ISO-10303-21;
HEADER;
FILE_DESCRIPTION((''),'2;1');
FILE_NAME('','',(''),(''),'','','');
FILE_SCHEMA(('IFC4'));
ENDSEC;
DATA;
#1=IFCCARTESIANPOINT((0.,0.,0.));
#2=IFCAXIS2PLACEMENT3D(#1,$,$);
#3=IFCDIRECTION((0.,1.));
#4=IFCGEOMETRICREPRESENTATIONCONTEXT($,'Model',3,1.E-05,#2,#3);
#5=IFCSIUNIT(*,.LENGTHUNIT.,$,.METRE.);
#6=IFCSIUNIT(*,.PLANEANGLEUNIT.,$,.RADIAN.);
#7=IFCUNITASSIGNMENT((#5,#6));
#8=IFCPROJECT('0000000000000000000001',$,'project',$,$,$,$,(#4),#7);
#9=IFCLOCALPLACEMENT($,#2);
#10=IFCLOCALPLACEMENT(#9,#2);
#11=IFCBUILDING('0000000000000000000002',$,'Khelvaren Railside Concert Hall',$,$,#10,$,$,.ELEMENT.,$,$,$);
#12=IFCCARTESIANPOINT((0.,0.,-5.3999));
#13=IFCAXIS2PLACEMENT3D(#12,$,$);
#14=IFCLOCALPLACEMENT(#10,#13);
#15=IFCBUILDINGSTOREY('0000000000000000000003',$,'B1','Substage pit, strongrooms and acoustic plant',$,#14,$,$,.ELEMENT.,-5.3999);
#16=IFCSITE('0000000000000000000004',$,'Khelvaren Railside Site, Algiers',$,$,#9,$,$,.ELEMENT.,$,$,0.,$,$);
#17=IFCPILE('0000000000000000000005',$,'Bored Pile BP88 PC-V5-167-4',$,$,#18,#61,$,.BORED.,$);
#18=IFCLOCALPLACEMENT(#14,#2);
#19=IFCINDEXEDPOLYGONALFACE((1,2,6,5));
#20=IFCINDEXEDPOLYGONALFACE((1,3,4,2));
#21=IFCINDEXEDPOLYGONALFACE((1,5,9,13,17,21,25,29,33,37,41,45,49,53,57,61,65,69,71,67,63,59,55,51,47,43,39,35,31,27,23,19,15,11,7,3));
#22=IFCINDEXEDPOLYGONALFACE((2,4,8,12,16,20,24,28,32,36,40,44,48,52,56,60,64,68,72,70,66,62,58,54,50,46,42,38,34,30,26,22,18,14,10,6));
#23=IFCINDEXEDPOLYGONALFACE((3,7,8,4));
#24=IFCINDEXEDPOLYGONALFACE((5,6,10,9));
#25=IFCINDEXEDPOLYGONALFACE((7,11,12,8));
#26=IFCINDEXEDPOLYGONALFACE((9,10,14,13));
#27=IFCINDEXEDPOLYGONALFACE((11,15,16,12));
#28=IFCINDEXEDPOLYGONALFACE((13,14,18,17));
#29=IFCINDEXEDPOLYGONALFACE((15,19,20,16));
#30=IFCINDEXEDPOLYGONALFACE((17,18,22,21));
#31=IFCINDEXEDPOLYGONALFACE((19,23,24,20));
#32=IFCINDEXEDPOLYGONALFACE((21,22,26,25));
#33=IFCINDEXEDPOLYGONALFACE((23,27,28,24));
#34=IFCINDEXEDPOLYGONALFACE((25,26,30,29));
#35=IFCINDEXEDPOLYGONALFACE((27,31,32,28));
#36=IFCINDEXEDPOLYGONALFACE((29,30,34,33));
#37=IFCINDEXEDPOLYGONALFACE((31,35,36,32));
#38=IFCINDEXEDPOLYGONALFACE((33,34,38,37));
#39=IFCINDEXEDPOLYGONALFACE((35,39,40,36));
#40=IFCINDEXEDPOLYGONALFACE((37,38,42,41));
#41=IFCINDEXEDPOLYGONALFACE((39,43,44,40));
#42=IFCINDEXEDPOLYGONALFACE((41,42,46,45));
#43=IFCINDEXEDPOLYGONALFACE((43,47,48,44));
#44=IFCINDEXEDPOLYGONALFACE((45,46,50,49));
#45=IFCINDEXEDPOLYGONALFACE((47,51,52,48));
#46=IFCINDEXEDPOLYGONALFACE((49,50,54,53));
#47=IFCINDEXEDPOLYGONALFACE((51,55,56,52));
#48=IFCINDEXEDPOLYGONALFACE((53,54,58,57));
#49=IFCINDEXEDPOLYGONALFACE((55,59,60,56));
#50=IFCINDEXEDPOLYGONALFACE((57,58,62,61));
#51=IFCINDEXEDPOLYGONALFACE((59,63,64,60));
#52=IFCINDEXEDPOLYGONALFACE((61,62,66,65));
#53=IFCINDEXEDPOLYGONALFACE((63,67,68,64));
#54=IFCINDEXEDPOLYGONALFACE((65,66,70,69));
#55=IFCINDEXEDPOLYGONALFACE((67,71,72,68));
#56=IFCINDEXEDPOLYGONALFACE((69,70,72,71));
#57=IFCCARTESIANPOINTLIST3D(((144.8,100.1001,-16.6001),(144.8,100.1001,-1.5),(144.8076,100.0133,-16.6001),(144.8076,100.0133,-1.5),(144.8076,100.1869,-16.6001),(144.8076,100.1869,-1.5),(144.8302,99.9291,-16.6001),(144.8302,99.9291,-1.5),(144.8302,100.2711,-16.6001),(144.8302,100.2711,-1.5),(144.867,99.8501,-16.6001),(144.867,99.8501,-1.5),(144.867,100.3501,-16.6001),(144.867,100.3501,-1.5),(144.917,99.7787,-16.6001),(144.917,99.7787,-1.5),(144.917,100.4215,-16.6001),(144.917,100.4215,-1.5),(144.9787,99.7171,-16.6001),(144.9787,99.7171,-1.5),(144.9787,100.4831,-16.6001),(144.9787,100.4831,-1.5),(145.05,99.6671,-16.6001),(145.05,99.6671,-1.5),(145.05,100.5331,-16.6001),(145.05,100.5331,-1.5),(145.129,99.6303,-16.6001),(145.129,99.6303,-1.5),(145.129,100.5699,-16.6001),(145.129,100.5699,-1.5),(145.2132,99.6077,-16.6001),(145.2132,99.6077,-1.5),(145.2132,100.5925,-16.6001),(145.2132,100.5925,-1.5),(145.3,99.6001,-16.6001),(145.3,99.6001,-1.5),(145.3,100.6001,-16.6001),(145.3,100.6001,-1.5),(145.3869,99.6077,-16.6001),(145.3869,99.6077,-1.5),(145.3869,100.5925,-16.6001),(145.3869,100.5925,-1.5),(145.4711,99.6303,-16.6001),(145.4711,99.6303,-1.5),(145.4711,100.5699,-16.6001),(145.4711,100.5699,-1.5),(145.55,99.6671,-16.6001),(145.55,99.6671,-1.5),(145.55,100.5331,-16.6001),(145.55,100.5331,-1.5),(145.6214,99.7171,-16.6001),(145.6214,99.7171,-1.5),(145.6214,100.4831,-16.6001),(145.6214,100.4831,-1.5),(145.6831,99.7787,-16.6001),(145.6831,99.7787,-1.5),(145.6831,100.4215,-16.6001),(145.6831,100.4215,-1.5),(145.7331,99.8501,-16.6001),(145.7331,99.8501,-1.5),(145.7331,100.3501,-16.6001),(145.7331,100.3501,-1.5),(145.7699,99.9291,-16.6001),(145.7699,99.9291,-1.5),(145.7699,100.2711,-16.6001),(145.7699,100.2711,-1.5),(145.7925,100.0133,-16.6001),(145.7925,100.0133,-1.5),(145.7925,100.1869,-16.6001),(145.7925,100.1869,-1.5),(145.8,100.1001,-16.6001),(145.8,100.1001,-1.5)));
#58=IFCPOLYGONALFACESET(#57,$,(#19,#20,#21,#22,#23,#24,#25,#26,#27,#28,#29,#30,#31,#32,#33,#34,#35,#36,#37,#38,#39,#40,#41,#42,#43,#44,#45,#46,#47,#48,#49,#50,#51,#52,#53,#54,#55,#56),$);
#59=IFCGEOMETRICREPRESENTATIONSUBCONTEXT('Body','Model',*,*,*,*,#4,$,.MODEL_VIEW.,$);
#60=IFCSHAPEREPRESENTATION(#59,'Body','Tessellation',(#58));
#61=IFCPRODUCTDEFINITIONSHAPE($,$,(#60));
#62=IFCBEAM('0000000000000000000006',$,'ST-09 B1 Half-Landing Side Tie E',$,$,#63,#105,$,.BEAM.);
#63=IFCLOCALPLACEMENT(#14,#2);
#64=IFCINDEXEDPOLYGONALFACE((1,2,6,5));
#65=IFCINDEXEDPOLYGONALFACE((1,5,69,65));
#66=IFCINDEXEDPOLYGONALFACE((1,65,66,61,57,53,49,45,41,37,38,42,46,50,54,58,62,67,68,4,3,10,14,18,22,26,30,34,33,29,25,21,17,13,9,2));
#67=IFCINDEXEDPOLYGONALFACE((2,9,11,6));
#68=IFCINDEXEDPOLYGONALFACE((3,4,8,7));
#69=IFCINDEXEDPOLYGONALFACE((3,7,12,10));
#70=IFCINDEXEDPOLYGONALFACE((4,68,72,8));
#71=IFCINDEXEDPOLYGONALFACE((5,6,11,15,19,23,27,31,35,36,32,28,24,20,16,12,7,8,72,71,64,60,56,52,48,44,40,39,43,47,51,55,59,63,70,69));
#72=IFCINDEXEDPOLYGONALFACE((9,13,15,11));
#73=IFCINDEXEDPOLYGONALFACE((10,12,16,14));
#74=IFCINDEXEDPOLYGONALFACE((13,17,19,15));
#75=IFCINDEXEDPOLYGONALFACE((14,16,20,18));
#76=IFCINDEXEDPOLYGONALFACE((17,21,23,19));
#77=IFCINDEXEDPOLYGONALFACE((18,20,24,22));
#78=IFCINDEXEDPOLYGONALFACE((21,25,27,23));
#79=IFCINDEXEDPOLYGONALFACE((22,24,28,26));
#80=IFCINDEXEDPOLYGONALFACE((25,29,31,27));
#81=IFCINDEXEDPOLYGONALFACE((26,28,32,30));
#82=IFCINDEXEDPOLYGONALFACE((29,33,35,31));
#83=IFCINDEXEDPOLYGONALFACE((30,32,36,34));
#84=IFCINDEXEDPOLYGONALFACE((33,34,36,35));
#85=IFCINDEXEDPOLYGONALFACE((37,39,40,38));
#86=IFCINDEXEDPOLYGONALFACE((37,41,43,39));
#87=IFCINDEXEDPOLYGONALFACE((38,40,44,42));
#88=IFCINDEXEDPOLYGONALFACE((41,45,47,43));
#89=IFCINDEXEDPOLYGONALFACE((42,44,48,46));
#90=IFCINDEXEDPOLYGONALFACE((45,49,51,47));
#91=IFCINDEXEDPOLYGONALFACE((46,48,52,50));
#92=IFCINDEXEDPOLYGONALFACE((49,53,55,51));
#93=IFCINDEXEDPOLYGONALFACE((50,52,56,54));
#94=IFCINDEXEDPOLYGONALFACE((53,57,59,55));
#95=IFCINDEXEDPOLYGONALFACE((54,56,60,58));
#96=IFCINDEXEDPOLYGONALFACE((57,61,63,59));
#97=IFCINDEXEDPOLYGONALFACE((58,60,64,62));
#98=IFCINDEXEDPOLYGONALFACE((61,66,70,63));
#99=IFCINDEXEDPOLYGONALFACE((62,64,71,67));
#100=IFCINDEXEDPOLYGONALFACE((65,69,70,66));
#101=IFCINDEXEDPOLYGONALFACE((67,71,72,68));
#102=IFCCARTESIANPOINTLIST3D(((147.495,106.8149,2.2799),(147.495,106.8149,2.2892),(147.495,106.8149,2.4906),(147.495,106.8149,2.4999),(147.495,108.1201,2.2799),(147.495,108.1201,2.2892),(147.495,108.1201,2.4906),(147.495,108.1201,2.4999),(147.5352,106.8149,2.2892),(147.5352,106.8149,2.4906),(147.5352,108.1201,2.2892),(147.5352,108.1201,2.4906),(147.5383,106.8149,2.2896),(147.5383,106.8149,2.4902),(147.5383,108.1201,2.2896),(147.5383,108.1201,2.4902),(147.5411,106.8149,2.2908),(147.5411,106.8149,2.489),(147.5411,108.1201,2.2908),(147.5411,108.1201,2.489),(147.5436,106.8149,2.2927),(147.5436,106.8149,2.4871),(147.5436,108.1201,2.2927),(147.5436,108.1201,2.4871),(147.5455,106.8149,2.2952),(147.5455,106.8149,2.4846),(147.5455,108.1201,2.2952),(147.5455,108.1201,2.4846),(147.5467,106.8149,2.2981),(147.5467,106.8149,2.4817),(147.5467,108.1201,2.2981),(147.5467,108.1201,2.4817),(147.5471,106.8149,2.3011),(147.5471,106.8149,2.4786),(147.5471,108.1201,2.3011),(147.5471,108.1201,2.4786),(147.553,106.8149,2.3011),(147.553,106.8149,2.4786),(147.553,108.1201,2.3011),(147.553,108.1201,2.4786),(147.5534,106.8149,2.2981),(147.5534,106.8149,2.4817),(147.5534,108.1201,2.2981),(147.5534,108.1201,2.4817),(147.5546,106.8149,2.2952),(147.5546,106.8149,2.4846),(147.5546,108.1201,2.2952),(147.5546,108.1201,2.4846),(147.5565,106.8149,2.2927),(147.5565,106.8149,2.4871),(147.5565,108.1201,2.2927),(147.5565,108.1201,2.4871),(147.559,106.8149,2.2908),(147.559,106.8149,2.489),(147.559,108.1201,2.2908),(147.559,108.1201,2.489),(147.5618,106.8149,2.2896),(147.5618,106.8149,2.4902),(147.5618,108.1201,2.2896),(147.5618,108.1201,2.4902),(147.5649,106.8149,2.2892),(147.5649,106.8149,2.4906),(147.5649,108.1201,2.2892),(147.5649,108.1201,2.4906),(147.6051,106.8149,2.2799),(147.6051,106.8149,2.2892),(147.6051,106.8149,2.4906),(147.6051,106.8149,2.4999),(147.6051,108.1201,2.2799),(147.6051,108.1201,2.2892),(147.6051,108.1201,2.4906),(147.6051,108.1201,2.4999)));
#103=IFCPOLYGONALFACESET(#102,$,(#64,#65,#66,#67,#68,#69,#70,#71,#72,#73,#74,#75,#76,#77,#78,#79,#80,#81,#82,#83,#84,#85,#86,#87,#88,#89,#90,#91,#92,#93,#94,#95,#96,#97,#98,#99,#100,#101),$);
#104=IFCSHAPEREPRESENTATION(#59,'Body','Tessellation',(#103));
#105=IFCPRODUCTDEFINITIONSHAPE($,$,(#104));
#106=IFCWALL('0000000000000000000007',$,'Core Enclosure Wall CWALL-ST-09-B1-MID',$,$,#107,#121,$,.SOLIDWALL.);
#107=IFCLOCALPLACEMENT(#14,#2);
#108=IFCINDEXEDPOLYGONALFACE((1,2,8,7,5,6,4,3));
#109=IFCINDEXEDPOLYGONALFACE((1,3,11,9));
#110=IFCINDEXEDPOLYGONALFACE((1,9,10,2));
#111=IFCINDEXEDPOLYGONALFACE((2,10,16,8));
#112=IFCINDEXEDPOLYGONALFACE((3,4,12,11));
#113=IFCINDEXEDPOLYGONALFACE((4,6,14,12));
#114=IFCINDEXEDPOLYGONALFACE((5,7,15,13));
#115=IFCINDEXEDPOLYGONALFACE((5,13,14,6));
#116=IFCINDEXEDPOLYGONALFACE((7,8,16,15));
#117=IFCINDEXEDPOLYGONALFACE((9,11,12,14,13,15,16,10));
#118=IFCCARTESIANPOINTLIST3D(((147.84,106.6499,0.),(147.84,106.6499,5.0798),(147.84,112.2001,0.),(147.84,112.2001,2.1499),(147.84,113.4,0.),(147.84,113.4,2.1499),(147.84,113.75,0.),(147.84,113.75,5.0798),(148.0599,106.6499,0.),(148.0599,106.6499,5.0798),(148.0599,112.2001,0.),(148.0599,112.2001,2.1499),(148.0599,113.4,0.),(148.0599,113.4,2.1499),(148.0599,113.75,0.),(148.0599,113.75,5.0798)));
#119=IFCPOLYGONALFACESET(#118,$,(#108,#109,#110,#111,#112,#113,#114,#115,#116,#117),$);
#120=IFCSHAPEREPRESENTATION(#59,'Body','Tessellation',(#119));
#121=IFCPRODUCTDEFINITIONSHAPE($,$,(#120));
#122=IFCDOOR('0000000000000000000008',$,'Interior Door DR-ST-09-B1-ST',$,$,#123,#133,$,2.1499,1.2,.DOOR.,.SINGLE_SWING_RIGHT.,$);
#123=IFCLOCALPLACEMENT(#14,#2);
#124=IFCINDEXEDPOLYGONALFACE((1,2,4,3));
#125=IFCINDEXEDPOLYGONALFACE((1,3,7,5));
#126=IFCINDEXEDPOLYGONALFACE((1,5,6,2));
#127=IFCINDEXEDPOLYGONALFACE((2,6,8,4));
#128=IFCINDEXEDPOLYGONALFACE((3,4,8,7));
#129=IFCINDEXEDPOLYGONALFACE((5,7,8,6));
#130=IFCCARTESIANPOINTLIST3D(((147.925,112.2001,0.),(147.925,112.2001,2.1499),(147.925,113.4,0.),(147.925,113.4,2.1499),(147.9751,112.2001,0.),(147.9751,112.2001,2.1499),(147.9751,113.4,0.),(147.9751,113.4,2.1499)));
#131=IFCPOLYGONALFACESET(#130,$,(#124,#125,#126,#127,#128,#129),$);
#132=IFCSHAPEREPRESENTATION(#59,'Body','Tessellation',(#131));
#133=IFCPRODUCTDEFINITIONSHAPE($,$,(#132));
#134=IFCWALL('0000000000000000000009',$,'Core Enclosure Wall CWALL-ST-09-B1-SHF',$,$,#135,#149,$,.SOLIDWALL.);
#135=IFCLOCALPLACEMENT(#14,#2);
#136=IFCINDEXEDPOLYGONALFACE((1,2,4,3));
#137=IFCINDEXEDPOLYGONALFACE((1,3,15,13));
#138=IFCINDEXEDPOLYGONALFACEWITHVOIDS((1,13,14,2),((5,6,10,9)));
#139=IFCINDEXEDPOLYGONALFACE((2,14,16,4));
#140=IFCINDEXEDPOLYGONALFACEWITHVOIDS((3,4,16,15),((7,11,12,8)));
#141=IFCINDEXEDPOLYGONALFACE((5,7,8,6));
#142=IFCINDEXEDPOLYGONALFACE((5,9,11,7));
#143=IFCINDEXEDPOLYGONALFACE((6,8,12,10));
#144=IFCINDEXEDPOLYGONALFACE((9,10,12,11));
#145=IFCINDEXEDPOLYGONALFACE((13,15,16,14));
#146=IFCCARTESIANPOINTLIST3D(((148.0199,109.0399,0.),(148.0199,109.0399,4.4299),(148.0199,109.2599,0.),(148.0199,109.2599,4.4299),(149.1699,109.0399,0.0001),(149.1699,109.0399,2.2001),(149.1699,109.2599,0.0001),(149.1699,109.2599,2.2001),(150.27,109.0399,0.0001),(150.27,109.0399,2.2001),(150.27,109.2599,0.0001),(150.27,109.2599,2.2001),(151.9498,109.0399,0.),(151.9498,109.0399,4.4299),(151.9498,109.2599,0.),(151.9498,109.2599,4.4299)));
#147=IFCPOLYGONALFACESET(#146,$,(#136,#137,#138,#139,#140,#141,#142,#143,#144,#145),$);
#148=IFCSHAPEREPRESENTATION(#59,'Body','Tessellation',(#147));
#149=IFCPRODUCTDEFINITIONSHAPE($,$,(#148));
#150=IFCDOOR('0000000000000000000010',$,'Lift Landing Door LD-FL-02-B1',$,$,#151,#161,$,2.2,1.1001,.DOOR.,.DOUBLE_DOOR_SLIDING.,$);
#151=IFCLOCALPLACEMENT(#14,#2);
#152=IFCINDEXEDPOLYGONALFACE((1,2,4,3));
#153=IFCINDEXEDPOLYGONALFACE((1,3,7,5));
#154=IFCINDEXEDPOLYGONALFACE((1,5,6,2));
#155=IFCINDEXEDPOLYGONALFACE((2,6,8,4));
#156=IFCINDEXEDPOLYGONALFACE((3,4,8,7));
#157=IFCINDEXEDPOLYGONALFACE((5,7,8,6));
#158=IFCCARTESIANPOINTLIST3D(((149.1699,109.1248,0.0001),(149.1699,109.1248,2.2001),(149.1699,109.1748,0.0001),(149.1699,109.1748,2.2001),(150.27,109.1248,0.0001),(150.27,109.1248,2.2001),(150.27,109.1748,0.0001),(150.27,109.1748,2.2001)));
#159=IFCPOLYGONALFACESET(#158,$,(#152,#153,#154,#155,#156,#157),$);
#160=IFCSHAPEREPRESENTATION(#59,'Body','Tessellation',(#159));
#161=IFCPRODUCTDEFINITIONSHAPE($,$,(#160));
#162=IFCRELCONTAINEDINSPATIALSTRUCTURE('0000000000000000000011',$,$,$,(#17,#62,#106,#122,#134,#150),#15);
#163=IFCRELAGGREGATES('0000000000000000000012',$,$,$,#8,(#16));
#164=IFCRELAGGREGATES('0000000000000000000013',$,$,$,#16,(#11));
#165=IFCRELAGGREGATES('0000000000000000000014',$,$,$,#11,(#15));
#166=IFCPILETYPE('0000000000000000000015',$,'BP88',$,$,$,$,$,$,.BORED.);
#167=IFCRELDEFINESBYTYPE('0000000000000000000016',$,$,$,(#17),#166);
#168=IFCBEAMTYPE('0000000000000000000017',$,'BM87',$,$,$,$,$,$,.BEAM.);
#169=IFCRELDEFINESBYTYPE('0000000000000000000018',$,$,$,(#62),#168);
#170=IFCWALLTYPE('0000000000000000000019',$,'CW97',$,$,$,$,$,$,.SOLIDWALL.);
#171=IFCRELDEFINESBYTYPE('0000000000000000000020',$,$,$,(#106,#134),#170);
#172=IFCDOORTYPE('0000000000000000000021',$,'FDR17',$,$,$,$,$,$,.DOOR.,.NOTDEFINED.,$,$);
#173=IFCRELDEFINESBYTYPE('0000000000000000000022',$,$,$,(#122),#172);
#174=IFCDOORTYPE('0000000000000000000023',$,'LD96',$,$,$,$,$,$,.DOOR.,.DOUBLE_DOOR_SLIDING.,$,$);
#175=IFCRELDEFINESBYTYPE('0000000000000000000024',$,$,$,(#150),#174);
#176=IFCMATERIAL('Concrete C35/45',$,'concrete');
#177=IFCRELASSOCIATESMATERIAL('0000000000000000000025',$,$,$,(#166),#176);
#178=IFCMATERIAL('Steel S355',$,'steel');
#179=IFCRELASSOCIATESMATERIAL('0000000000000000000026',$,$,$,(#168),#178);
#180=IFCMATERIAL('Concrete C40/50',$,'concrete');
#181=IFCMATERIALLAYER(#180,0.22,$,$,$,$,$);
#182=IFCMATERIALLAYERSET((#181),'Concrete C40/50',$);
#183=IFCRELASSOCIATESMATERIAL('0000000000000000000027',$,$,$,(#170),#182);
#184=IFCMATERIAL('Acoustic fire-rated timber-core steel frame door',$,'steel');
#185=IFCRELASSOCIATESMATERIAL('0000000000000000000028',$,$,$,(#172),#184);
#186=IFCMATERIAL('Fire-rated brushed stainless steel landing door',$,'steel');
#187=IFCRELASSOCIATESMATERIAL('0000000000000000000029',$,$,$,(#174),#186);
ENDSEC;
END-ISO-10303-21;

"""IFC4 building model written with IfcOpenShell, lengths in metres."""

from ifc_helpers import new_model, si_unit, direction, frame, frame_2d, origin, origin_2d, place, context, subcontext, project, spatial, rectangle, circle, i_section, extrude, material, layer, layer_set, material_profile, profile_set, type_object, element, fill, save


model = new_model("IFC4")

# Units and contexts
model_context = context("Model", 3, precision=1e-05, world=origin(), true_north=direction((0.0, 1.0)))
body_context = subcontext(model_context, "Body", "Model", "MODEL_VIEW")
ifc_project = project(units=[si_unit("LENGTHUNIT", "METRE"), si_unit("PLANEANGLEUNIT", "RADIAN")], contexts=[model_context])

# Site, building, storey
site_placement = place(None, origin())
site = spatial("IfcSite", under=ifc_project, at=site_placement, Name="Khelvaren Railside Site, Algiers", CompositionType="ELEMENT", RefElevation=0.0)
building_placement = place(site_placement, origin())
building = spatial("IfcBuilding", under=site, at=building_placement, Name="Khelvaren Railside Concert Hall", CompositionType="ELEMENT")
storey_placement = place(building_placement, frame((0.0, 0.0, -5.3999)))
storey = spatial("IfcBuildingStorey", under=building, at=storey_placement, Name="B1", Description="Substage pit, strongrooms and acoustic plant", CompositionType="ELEMENT", Elevation=-5.3999)

# Pile
ifc_material_1 = material(Name="Concrete C35/45", Category="concrete")
ifc_material_profile_1 = material_profile(ifc_material_1, circle(Radius=0.5, at=origin_2d()), Name="BP D1000")
ifc_profile_set_1 = profile_set([ifc_material_profile_1], Name="Concrete C35/45")
pile_type_1 = type_object("IfcPileType", Name="BP88", PredefinedType="BORED", material=ifc_profile_set_1)
pile_placement = place(storey_placement, frame((145.3, 100.1001, -1.5), z_axis=(0.0, 0.0, -1.0), x_axis=(1.0, 0.0, 0.0)))
element("IfcPile", 1, at=pile_placement, inside=storey, type_object=pile_type_1, Name="Bored Pile BP88 PC-V5-167-4", PredefinedType="BORED", context=body_context, shape_type="SweptSolid", body=[
    extrude(circle(Radius=0.5, at=origin_2d()), origin(), (0.0, 0.0, 1.0), 15.1001),
])

# Beam
ifc_material_2 = material(Name="Steel S355", Category="steel")
ifc_material_profile_2 = material_profile(ifc_material_2, i_section(OverallWidth=0.1101, OverallDepth=0.22, WebThickness=0.0059, FlangeThickness=0.0093, FilletRadius=0.012, at=origin_2d()), Name="IPE 220")
ifc_profile_set_2 = profile_set([ifc_material_profile_2], Name="Steel S355")
beam_type = type_object("IfcBeamType", Name="BM87", PredefinedType="BEAM", material=ifc_profile_set_2)
beam_placement = place(storey_placement, frame((147.55, 106.8149, 2.3899), z_axis=(0.0, 1.0, 0.0), x_axis=(-1.0, 0.0, 0.0)))
element("IfcBeam", 2, at=beam_placement, inside=storey, type_object=beam_type, Name="ST-09 B1 Half-Landing Side Tie E", PredefinedType="BEAM", context=body_context, shape_type="SweptSolid", body=[
    extrude(i_section(OverallWidth=0.1101, OverallDepth=0.22, WebThickness=0.0059, FlangeThickness=0.0093, FilletRadius=0.012, at=origin_2d()), origin(), (0.0, 0.0, 1.0), 1.3052),
])

# Walls, openings, doors
ifc_material_3 = material(Name="Concrete C40/50", Category="concrete")
ifc_layer_1 = layer(ifc_material_3, 0.22)
ifc_layer_set_1 = layer_set([ifc_layer_1], Name="Concrete C40/50")
wall_type_1 = type_object("IfcWallType", Name="CW97", PredefinedType="SOLIDWALL", material=ifc_layer_set_1)
wall_1_placement = place(storey_placement, frame((147.95, 106.6499, 0.0), z_axis=(0.0, 0.0, 1.0), x_axis=(0.0, 1.0, 0.0)))
wall_1 = element("IfcWall", 3, at=wall_1_placement, inside=storey, type_object=wall_type_1, Name="Core Enclosure Wall CWALL-ST-09-B1-MID", PredefinedType="SOLIDWALL", context=body_context, shape_type="SweptSolid", body=[
    extrude(rectangle(XDim=7.1001, YDim=0.22, at=frame_2d((3.55, 0.0))), origin(), (0.0, 0.0, 1.0), 5.0798),
])
opening_1_placement = place(wall_1_placement, frame((5.55, 0.0, 0.0)))
opening_1 = element("IfcOpeningElement", 4, at=opening_1_placement, cuts=wall_1, PredefinedType="OPENING", context=body_context, shape_type="SweptSolid", body=[
    extrude(rectangle(XDim=1.2, YDim=2.1499, at=frame_2d((0.6001, 1.075))), frame((0.0, 0.1199, 0.0), z_axis=(0.0, -1.0, 0.0), x_axis=(1.0, 0.0, 0.0)), (0.0, 0.0, 1.0), 0.24),
])
ifc_material_4 = material(Name="Acoustic fire-rated timber-core steel frame door", Category="steel")
door_type_1 = type_object("IfcDoorType", Name="FDR17", OperationType="NOTDEFINED", PredefinedType="DOOR", material=ifc_material_4)
door_1_placement = place(opening_1_placement, origin())
door_1 = element("IfcDoor", 5, at=door_1_placement, inside=storey, type_object=door_type_1, Name="Interior Door DR-ST-09-B1-ST", OperationType="SINGLE_SWING_RIGHT", OverallHeight=2.1499, OverallWidth=1.2, PredefinedType="DOOR", context=body_context, shape_type="SweptSolid", body=[
    extrude(rectangle(XDim=1.2, YDim=2.1499, at=frame_2d((0.6001, 1.075))), frame((0.0, 0.0249, 0.0), z_axis=(0.0, -1.0, 0.0), x_axis=(1.0, 0.0, 0.0)), (0.0, 0.0, 1.0), 0.05),
])
fill(opening_1, door_1)
wall_2_placement = place(storey_placement, frame((148.02, 109.1499, 0.0), z_axis=(0.0, 0.0, 1.0), x_axis=(1.0, 0.0, 0.0)))
wall_2 = element("IfcWall", 6, at=wall_2_placement, inside=storey, type_object=wall_type_1, Name="Core Enclosure Wall CWALL-ST-09-B1-SHF", PredefinedType="SOLIDWALL", context=body_context, shape_type="SweptSolid", body=[
    extrude(rectangle(XDim=3.9299, YDim=0.22, at=frame_2d((1.9648, 0.0))), origin(), (0.0, 0.0, 1.0), 4.4299),
])
opening_2_placement = place(wall_2_placement, frame((1.1499, 0.0, 0.0)))
opening_2 = element("IfcOpeningElement", 7, at=opening_2_placement, cuts=wall_2, PredefinedType="OPENING", context=body_context, shape_type="SweptSolid", body=[
    extrude(rectangle(XDim=1.1001, YDim=2.2, at=frame_2d((0.55, 1.1001))), frame((0.0, 0.1199, 0.0), z_axis=(0.0, -1.0, 0.0), x_axis=(1.0, 0.0, 0.0)), (0.0, 0.0, 1.0), 0.24),
])
ifc_material_5 = material(Name="Fire-rated brushed stainless steel landing door", Category="steel")
door_type_2 = type_object("IfcDoorType", Name="LD96", OperationType="DOUBLE_DOOR_SLIDING", PredefinedType="DOOR", material=ifc_material_5)
door_2_placement = place(opening_2_placement, origin())
door_2 = element("IfcDoor", 8, at=door_2_placement, inside=storey, type_object=door_type_2, Name="Lift Landing Door LD-FL-02-B1", OperationType="DOUBLE_DOOR_SLIDING", OverallHeight=2.2, OverallWidth=1.1001, PredefinedType="DOOR", context=body_context, shape_type="SweptSolid", body=[
    extrude(rectangle(XDim=1.1001, YDim=2.2, at=frame_2d((0.55, 1.1001))), frame((0.0, 0.0249, 0.0), z_axis=(0.0, -1.0, 0.0), x_axis=(1.0, 0.0, 0.0)), (0.0, 0.0, 1.0), 0.05),
])
fill(opening_2, door_2)

save(model, "model.ifc")
